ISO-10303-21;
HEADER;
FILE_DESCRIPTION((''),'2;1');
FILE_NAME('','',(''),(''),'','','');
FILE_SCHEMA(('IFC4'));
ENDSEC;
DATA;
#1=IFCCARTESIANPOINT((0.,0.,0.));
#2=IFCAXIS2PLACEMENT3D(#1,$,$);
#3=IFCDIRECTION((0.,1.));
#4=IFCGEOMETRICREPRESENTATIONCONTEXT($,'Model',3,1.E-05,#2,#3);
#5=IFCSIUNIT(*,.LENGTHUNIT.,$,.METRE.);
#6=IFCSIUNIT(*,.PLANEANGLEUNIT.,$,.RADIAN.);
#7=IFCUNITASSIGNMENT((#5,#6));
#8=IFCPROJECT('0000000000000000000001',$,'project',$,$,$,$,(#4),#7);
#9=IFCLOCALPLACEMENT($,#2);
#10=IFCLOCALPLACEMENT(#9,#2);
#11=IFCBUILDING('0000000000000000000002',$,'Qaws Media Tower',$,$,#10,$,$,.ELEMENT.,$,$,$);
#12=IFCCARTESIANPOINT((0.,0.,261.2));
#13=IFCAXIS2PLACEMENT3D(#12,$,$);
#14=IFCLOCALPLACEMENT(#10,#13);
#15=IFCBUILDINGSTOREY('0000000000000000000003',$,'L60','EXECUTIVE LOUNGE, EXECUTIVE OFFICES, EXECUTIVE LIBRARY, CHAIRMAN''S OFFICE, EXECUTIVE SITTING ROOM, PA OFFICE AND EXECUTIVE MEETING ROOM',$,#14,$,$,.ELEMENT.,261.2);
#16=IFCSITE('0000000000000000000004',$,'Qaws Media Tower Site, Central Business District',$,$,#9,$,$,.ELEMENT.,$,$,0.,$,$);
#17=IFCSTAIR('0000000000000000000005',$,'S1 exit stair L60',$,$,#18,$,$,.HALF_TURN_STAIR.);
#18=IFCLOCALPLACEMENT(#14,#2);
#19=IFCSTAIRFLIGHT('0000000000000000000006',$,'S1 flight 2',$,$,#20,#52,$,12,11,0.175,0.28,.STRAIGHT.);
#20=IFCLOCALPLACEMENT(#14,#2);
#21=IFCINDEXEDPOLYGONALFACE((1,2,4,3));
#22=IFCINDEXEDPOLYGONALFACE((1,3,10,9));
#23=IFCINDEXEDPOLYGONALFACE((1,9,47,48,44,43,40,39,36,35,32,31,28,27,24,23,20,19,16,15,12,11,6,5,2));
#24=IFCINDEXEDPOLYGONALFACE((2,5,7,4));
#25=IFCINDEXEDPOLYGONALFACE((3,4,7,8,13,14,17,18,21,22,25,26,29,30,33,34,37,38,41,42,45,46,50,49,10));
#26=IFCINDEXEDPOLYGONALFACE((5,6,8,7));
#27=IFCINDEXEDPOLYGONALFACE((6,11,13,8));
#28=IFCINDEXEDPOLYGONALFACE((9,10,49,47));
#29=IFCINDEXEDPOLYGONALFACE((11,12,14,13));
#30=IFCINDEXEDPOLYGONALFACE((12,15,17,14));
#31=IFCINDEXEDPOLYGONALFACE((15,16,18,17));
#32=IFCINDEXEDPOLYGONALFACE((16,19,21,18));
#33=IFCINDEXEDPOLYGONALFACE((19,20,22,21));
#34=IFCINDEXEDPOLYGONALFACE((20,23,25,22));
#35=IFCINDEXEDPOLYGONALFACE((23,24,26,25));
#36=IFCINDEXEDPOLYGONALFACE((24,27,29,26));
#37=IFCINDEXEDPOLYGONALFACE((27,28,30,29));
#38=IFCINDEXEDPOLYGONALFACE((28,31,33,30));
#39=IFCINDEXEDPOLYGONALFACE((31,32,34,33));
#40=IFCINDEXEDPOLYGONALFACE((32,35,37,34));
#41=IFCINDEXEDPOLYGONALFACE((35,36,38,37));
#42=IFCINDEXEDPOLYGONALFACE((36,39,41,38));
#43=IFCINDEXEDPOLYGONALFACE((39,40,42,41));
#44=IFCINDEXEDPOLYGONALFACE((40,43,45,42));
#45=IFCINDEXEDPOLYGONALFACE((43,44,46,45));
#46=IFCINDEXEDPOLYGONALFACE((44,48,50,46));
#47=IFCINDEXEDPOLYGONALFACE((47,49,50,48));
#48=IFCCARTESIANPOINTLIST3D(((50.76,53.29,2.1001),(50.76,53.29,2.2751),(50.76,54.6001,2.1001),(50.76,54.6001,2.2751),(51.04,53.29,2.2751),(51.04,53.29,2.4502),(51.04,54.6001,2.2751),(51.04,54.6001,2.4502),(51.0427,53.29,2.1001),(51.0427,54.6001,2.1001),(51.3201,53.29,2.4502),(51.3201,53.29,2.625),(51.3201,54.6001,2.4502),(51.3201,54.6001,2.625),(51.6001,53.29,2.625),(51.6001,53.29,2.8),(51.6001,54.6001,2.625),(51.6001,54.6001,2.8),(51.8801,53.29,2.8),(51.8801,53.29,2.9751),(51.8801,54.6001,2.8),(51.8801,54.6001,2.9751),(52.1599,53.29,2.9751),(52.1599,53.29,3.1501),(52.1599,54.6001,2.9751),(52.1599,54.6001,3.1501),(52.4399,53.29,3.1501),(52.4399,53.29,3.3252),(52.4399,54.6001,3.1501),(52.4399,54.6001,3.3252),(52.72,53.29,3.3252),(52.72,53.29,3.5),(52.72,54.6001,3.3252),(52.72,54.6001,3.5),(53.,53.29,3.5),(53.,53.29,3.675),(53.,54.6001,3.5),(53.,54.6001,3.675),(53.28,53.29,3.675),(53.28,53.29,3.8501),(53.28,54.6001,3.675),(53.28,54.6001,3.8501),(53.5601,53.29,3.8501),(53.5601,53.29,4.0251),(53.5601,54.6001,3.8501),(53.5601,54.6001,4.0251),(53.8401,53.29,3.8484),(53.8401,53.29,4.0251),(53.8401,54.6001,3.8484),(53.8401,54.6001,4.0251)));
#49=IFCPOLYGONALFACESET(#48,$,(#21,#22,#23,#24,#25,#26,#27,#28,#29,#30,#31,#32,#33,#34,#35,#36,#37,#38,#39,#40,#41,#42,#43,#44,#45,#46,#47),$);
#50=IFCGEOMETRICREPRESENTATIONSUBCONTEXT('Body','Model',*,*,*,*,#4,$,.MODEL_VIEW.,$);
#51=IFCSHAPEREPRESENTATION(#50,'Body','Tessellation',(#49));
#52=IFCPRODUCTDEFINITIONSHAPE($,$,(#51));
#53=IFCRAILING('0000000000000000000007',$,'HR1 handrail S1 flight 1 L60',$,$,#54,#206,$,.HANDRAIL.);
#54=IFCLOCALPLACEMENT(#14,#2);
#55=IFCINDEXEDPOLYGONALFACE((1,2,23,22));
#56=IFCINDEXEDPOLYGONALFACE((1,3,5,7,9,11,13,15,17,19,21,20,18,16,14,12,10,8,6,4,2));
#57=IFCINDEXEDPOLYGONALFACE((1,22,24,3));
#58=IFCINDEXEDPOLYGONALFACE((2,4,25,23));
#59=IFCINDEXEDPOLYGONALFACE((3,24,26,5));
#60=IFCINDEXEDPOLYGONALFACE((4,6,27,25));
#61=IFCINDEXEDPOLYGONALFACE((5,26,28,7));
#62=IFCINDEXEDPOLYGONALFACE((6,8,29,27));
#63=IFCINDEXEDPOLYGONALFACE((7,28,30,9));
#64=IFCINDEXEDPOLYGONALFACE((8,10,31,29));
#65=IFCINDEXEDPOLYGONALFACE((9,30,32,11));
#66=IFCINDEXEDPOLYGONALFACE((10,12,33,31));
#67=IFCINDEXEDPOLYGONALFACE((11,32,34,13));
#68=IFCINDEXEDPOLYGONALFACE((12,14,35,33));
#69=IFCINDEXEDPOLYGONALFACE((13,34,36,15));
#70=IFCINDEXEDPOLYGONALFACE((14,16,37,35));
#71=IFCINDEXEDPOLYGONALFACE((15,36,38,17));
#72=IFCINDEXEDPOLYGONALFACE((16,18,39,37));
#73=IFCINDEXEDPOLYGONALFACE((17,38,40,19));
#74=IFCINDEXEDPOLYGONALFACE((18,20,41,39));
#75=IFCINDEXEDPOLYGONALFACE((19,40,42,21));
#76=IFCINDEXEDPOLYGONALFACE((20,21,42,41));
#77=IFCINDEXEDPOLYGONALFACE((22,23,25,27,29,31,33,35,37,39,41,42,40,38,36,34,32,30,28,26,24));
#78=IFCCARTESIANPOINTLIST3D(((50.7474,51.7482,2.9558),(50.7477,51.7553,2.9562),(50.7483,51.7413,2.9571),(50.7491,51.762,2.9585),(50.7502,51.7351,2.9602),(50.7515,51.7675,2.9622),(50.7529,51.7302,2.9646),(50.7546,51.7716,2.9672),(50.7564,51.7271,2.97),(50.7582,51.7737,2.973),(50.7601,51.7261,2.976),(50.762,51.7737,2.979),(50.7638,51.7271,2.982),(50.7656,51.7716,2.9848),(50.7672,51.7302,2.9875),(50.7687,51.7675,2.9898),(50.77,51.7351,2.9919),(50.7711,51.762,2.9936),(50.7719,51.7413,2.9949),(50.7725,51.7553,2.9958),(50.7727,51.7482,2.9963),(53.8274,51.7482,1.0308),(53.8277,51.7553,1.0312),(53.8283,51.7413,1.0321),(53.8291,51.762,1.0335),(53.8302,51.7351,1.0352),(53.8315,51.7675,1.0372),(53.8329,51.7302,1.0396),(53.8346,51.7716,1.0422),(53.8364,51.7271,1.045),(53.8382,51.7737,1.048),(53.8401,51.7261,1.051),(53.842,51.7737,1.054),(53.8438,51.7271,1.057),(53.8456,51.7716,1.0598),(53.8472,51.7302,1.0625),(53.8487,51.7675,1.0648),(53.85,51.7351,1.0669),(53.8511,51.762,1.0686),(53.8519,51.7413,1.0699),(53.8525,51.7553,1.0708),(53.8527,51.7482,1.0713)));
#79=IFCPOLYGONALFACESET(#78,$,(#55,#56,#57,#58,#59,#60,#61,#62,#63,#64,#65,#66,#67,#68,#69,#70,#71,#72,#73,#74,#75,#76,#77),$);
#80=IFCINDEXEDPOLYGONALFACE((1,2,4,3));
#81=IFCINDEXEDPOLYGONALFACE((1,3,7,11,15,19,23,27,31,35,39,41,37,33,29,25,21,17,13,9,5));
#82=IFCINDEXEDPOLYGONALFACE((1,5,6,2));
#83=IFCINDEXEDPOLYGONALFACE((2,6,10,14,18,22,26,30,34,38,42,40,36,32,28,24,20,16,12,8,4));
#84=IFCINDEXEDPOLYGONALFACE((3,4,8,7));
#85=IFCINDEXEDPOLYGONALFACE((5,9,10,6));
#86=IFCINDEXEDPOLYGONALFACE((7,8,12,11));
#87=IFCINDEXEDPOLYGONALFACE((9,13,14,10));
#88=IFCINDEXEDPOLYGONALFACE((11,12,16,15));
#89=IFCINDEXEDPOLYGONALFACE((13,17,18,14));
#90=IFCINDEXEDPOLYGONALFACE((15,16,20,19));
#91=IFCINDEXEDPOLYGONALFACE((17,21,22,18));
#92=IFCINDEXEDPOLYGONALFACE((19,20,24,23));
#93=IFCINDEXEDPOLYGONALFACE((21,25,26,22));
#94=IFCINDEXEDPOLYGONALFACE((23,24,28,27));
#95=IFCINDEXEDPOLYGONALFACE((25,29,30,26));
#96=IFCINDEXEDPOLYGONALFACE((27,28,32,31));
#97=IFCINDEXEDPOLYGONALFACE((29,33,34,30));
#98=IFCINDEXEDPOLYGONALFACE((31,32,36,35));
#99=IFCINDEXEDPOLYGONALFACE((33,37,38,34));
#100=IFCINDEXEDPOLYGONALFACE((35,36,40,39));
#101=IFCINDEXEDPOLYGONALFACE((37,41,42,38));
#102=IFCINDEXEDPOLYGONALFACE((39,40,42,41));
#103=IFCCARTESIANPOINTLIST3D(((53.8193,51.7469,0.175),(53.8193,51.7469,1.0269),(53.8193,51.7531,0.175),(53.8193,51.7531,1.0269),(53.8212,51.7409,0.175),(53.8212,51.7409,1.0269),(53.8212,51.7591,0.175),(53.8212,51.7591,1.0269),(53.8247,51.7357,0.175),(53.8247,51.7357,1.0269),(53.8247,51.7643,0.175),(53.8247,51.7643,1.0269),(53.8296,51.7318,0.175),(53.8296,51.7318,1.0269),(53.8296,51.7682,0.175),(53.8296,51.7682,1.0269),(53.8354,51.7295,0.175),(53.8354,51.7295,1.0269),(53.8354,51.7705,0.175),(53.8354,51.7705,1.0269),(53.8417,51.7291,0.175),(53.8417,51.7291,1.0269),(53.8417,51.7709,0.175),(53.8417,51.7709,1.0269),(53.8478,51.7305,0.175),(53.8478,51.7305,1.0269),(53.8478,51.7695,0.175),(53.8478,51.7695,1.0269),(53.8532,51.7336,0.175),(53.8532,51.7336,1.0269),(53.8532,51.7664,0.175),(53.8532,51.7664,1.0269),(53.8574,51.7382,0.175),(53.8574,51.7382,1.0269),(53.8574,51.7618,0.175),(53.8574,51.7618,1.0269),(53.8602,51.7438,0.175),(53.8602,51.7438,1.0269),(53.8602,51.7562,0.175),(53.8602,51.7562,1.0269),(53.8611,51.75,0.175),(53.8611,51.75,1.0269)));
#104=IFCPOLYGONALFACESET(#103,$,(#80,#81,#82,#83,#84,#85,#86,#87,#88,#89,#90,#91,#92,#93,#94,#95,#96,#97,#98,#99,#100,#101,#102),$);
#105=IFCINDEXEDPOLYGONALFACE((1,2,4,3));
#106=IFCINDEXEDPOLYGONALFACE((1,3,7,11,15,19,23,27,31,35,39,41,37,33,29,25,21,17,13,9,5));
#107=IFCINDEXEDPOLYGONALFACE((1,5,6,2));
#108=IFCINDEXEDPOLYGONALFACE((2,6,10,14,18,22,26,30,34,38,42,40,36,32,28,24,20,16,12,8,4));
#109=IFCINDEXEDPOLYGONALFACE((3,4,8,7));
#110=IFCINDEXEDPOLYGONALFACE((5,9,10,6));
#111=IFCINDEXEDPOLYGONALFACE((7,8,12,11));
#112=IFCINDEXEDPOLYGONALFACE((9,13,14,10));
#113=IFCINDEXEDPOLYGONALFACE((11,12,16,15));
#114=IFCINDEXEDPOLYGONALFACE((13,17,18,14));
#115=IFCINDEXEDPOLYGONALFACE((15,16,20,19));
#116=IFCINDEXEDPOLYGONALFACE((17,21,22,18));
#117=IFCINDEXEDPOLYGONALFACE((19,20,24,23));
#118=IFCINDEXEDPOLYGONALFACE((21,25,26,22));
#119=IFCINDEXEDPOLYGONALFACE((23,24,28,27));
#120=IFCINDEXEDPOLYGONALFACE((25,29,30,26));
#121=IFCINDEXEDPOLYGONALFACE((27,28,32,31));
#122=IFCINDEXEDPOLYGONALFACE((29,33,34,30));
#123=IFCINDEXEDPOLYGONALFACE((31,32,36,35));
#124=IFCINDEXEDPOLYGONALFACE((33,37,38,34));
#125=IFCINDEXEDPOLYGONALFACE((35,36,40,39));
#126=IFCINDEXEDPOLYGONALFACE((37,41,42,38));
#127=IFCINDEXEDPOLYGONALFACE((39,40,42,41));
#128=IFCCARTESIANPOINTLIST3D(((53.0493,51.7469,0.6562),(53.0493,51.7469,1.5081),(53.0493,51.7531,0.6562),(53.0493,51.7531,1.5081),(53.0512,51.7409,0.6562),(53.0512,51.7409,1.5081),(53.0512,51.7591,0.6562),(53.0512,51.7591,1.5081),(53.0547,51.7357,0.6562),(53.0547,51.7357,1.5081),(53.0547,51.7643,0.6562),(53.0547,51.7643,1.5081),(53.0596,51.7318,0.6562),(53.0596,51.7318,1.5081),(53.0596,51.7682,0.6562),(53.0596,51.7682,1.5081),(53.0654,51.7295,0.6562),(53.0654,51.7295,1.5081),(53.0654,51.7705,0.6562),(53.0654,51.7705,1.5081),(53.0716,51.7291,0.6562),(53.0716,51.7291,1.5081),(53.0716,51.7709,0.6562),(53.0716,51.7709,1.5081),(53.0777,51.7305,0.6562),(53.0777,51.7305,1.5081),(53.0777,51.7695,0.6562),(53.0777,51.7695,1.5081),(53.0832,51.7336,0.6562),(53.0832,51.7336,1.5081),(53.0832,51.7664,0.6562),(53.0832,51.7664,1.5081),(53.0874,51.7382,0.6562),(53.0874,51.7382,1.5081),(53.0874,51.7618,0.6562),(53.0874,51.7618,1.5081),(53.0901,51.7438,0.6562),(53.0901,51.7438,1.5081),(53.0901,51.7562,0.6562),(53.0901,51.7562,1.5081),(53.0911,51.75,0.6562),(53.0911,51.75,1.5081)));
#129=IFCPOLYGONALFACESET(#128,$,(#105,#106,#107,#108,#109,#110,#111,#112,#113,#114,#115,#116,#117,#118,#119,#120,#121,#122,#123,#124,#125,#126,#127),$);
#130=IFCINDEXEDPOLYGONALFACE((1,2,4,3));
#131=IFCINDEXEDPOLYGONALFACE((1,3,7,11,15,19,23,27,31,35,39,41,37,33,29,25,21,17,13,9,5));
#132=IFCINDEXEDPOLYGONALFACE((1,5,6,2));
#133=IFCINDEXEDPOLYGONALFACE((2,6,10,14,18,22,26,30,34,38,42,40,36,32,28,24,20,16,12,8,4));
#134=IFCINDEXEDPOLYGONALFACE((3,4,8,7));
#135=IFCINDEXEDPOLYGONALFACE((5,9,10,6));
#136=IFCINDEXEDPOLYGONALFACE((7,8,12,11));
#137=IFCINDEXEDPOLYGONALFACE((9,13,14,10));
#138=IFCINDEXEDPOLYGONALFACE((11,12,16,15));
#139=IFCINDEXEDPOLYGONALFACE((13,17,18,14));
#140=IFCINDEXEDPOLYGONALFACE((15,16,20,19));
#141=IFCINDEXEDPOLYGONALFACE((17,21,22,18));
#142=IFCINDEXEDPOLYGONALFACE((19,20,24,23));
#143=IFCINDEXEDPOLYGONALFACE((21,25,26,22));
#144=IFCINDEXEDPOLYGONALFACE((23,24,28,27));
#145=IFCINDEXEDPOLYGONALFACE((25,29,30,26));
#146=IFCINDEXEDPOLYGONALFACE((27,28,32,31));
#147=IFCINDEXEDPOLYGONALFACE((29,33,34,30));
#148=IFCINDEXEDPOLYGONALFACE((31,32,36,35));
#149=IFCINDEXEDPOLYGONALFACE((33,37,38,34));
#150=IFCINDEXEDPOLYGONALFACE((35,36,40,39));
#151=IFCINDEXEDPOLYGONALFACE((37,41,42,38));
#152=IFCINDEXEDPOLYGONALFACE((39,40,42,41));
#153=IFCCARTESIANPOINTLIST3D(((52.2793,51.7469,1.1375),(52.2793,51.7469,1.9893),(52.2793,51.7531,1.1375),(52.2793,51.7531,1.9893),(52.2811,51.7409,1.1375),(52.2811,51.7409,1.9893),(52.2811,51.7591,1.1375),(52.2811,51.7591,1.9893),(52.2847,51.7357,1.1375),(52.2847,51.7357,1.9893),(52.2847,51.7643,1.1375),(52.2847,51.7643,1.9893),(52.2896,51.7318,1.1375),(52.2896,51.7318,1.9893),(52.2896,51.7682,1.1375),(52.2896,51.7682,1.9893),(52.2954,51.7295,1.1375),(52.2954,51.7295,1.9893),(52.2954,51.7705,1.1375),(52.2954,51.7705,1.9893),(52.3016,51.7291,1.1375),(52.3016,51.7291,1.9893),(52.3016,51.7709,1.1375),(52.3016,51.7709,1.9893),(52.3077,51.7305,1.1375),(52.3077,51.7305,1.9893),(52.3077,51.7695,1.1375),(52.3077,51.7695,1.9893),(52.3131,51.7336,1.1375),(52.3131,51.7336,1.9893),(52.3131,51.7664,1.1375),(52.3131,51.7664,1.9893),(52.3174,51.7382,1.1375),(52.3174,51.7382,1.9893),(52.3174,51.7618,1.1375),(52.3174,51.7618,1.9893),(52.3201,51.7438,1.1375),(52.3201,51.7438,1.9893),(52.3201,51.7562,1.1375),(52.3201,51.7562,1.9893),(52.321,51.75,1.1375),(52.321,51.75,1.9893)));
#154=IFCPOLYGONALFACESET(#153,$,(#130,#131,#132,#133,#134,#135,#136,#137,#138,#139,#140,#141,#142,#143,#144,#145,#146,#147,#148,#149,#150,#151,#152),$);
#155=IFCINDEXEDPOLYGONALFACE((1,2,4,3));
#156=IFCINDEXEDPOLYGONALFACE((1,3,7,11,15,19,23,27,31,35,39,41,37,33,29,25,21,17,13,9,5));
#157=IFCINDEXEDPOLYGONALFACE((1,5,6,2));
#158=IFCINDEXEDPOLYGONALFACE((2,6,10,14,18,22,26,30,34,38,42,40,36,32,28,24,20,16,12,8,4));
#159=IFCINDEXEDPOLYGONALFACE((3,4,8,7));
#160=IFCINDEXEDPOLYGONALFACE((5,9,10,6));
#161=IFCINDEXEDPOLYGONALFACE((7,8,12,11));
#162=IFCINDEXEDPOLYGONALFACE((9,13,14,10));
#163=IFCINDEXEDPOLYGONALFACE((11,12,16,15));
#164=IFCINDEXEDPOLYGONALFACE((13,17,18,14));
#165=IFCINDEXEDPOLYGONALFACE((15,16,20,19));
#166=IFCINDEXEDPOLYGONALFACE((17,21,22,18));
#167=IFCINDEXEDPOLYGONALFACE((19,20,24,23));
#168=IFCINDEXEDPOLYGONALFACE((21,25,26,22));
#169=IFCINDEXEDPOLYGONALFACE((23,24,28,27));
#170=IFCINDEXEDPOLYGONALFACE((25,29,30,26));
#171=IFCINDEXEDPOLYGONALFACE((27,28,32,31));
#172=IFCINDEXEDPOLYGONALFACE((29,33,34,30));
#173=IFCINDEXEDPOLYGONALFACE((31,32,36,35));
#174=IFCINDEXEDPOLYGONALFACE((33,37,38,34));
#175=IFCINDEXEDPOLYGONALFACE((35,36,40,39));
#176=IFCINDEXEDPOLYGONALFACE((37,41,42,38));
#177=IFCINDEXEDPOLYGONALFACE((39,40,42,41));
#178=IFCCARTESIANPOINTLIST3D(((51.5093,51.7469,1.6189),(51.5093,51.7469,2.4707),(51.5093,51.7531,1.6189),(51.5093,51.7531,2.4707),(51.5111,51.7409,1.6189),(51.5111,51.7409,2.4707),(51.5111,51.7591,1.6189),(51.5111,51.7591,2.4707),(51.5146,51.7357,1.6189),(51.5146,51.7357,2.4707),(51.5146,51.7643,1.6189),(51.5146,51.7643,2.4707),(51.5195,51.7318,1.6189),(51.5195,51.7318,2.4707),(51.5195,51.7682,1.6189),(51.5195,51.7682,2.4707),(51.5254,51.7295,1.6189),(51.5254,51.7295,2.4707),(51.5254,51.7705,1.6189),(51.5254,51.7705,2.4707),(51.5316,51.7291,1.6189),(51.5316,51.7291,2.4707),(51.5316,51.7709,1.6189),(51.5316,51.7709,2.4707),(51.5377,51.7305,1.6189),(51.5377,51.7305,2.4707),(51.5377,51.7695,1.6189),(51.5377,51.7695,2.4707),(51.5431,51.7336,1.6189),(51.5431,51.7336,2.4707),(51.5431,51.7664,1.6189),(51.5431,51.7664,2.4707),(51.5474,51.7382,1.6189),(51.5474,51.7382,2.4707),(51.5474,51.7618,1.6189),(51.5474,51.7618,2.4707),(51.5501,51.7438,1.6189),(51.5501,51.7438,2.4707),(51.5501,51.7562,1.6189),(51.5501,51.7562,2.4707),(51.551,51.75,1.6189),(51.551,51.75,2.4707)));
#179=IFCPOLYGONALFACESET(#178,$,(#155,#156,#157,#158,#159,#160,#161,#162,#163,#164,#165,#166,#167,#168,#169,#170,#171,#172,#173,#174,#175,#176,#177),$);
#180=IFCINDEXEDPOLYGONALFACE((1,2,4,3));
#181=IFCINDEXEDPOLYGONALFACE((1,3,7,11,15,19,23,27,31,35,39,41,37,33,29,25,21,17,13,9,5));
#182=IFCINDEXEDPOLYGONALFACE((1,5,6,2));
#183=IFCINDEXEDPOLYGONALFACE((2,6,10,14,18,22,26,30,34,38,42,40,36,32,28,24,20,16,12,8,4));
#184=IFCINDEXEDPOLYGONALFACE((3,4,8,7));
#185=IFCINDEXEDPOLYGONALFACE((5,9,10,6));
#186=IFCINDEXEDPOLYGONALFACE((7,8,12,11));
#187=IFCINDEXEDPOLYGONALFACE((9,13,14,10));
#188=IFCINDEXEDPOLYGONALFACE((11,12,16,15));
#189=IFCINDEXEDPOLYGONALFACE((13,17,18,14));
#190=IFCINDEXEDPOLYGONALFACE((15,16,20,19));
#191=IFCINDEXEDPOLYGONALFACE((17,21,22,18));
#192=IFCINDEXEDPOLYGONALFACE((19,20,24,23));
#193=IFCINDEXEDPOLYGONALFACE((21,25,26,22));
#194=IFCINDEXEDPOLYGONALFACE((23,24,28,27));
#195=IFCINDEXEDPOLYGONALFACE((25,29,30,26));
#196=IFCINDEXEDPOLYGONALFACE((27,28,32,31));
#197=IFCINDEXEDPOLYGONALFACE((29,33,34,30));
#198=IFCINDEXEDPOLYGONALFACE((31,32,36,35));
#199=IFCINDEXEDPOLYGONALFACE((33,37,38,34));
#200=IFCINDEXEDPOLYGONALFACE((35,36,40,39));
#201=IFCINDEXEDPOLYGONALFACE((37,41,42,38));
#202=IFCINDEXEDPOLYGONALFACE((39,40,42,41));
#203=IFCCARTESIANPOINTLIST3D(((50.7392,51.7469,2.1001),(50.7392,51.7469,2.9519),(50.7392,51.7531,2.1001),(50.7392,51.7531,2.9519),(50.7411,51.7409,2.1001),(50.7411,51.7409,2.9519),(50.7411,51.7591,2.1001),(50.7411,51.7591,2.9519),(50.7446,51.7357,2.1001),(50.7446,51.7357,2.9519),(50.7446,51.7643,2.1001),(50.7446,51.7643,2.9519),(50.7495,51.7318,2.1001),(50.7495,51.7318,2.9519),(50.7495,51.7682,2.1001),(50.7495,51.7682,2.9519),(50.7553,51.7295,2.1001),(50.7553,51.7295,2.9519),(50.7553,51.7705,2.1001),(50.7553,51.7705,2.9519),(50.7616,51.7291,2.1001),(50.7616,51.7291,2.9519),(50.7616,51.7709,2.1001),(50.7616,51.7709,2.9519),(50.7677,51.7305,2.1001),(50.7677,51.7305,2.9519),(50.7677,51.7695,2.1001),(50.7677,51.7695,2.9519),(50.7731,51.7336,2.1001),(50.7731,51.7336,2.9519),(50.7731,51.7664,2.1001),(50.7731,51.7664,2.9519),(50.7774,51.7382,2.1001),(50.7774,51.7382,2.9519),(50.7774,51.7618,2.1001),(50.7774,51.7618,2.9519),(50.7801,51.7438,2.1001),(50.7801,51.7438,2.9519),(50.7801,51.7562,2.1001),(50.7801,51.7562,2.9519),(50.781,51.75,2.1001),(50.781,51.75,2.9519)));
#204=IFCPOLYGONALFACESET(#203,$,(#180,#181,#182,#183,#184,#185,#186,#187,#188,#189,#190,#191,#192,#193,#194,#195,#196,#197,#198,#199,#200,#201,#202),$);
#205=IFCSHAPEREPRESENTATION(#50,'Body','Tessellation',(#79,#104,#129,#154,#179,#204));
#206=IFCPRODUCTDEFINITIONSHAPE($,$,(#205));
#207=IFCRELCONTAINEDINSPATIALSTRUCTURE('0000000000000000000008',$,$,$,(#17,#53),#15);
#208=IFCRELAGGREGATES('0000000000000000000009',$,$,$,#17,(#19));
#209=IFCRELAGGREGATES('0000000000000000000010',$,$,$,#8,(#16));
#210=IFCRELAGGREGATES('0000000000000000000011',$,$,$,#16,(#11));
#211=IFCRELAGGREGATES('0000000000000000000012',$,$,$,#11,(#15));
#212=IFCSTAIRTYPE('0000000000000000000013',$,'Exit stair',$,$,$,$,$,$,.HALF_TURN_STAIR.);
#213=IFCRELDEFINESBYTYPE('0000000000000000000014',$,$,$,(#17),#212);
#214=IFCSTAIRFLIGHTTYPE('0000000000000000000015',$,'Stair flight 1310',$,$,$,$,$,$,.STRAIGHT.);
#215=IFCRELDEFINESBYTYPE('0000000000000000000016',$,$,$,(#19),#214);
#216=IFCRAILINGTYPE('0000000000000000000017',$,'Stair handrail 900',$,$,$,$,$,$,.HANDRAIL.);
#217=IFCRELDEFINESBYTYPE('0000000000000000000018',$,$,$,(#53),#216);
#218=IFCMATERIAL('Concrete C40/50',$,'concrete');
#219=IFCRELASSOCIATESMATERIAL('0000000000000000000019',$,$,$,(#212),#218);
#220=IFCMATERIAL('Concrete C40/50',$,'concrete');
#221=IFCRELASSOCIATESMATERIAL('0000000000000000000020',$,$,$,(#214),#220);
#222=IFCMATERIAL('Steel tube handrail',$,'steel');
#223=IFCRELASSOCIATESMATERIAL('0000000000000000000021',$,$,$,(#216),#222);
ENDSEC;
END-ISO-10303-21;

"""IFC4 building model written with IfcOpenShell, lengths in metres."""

from ifc_helpers import new_model, si_unit, direction, frame, origin, origin_2d, place, context, subcontext, project, spatial, polyline, circle, outline, extrude, material, type_object, element, aggregate, save


model = new_model("IFC4")

# Units and contexts
model_context = context("Model", 3, precision=1e-05, world=origin(), true_north=direction((0.0, 1.0)))
body_context = subcontext(model_context, "Body", "Model", "MODEL_VIEW")
ifc_project = project(units=[si_unit("LENGTHUNIT", "METRE"), si_unit("PLANEANGLEUNIT", "RADIAN")], contexts=[model_context])

# Site, building, storey
site_placement = place(None, origin())
site = spatial("IfcSite", under=ifc_project, at=site_placement, Name="Qaws Media Tower Site, Central Business District", CompositionType="ELEMENT", RefElevation=0.0)
building_placement = place(site_placement, origin())
building = spatial("IfcBuilding", under=site, at=building_placement, Name="Qaws Media Tower", CompositionType="ELEMENT")
storey_placement = place(building_placement, frame((0.0, 0.0, 261.2)))
storey = spatial("IfcBuildingStorey", under=building, at=storey_placement, Name="L60", Description="EXECUTIVE LOUNGE, EXECUTIVE OFFICES, EXECUTIVE LIBRARY, CHAIRMAN'S OFFICE, EXECUTIVE SITTING ROOM, PA OFFICE AND EXECUTIVE MEETING ROOM", CompositionType="ELEMENT", Elevation=261.2)

# Stair, stair flight
ifc_material_1 = material(Name="Concrete C40/50", Category="concrete")
stair_type = type_object("IfcStairType", Name="Exit stair", PredefinedType="HALF_TURN_STAIR", material=ifc_material_1)
stair_placement = place(storey_placement, origin())
stair = element("IfcStair", 1, at=stair_placement, inside=storey, type_object=stair_type, Name="S1 exit stair L60", PredefinedType="HALF_TURN_STAIR")
ifc_material_2 = material(Name="Concrete C40/50", Category="concrete")
stair_flight_type = type_object("IfcStairFlightType", Name="Stair flight 1310", PredefinedType="STRAIGHT", material=ifc_material_2)
stair_flight_1_placement = place(storey_placement, frame((50.76, 53.9451, 2.1001), z_axis=(0.0, 0.0, 1.0), x_axis=(1.0, 0.0, 0.0)))
stair_flight_1 = element("IfcStairFlight", 2, at=stair_flight_1_placement, type_object=stair_flight_type, Name="S1 flight 2", NumberOfRisers=12, NumberOfTreads=11, PredefinedType="STRAIGHT", RiserHeight=0.175, TreadLength=0.28, context=body_context, shape_type="SweptSolid", body=[
    extrude(outline(polyline([(0.0, 0.0), (0.0, 0.175), (0.28, 0.175), (0.28, 0.3501), (0.5601, 0.3501), (0.5601, 0.5249), (0.8401, 0.5249), (0.8401, 0.7), (1.1201, 0.7), (1.1201, 0.875), (1.3999, 0.875), (1.3999, 1.05), (1.6799, 1.05), (1.6799, 1.2251), (1.96, 1.2251), (1.96, 1.3999), (2.24, 1.3999), (2.24, 1.575), (2.52, 1.575), (2.52, 1.75), (2.8, 1.75), (2.8, 1.925), (3.0801, 1.925), (3.0801, 2.1001), (3.0801, 1.7483), (0.2827, 0.0), (0.0, 0.0)])), frame((0.0, 0.655, 0.0), z_axis=(0.0, -1.0, 0.0), x_axis=(1.0, 0.0, 0.0)), (0.0, 0.0, 1.0), 1.3101),
])
aggregate(stair, [stair_flight_1])

# Railing
ifc_material_3 = material(Name="Steel tube handrail", Category="steel")
railing_type = type_object("IfcRailingType", Name="Stair handrail 900", PredefinedType="HANDRAIL", material=ifc_material_3)
for number, where, name in (
    (3, (53.8401, 51.75, 0.175), "HR1 handrail S1 flight 1 L60"),
):
    element("IfcRailing", number, at=place(storey_placement, frame(where)), inside=storey, type_object=railing_type, Name=name, PredefinedType="HANDRAIL", context=body_context, shape_type="SweptSolid", body=[
        extrude(circle(Radius=0.0239, at=origin_2d()), frame((0.0, 0.0, 0.876), z_axis=(-0.847998, 0.0, 0.529999), x_axis=(0.0, -1.0, 0.0)), (0.0, 0.0, 1.0), 3.6321),
        extrude(circle(Radius=0.021, at=origin_2d()), origin(), (0.0, 0.0, 1.0), 0.8518),
        extrude(circle(Radius=0.021, at=origin_2d()), frame((-0.77, 0.0, 0.4812)), (0.0, 0.0, 1.0), 0.8518),
        extrude(circle(Radius=0.021, at=origin_2d()), frame((-1.54, 0.0, 0.9624)), (0.0, 0.0, 1.0), 0.8518),
        extrude(circle(Radius=0.021, at=origin_2d()), frame((-2.3101, 0.0, 1.4438)), (0.0, 0.0, 1.0), 0.8518),
        extrude(circle(Radius=0.021, at=origin_2d()), frame((-3.0801, 0.0, 1.925)), (0.0, 0.0, 1.0), 0.8518),
    ])

save(model, "model.ifc")
